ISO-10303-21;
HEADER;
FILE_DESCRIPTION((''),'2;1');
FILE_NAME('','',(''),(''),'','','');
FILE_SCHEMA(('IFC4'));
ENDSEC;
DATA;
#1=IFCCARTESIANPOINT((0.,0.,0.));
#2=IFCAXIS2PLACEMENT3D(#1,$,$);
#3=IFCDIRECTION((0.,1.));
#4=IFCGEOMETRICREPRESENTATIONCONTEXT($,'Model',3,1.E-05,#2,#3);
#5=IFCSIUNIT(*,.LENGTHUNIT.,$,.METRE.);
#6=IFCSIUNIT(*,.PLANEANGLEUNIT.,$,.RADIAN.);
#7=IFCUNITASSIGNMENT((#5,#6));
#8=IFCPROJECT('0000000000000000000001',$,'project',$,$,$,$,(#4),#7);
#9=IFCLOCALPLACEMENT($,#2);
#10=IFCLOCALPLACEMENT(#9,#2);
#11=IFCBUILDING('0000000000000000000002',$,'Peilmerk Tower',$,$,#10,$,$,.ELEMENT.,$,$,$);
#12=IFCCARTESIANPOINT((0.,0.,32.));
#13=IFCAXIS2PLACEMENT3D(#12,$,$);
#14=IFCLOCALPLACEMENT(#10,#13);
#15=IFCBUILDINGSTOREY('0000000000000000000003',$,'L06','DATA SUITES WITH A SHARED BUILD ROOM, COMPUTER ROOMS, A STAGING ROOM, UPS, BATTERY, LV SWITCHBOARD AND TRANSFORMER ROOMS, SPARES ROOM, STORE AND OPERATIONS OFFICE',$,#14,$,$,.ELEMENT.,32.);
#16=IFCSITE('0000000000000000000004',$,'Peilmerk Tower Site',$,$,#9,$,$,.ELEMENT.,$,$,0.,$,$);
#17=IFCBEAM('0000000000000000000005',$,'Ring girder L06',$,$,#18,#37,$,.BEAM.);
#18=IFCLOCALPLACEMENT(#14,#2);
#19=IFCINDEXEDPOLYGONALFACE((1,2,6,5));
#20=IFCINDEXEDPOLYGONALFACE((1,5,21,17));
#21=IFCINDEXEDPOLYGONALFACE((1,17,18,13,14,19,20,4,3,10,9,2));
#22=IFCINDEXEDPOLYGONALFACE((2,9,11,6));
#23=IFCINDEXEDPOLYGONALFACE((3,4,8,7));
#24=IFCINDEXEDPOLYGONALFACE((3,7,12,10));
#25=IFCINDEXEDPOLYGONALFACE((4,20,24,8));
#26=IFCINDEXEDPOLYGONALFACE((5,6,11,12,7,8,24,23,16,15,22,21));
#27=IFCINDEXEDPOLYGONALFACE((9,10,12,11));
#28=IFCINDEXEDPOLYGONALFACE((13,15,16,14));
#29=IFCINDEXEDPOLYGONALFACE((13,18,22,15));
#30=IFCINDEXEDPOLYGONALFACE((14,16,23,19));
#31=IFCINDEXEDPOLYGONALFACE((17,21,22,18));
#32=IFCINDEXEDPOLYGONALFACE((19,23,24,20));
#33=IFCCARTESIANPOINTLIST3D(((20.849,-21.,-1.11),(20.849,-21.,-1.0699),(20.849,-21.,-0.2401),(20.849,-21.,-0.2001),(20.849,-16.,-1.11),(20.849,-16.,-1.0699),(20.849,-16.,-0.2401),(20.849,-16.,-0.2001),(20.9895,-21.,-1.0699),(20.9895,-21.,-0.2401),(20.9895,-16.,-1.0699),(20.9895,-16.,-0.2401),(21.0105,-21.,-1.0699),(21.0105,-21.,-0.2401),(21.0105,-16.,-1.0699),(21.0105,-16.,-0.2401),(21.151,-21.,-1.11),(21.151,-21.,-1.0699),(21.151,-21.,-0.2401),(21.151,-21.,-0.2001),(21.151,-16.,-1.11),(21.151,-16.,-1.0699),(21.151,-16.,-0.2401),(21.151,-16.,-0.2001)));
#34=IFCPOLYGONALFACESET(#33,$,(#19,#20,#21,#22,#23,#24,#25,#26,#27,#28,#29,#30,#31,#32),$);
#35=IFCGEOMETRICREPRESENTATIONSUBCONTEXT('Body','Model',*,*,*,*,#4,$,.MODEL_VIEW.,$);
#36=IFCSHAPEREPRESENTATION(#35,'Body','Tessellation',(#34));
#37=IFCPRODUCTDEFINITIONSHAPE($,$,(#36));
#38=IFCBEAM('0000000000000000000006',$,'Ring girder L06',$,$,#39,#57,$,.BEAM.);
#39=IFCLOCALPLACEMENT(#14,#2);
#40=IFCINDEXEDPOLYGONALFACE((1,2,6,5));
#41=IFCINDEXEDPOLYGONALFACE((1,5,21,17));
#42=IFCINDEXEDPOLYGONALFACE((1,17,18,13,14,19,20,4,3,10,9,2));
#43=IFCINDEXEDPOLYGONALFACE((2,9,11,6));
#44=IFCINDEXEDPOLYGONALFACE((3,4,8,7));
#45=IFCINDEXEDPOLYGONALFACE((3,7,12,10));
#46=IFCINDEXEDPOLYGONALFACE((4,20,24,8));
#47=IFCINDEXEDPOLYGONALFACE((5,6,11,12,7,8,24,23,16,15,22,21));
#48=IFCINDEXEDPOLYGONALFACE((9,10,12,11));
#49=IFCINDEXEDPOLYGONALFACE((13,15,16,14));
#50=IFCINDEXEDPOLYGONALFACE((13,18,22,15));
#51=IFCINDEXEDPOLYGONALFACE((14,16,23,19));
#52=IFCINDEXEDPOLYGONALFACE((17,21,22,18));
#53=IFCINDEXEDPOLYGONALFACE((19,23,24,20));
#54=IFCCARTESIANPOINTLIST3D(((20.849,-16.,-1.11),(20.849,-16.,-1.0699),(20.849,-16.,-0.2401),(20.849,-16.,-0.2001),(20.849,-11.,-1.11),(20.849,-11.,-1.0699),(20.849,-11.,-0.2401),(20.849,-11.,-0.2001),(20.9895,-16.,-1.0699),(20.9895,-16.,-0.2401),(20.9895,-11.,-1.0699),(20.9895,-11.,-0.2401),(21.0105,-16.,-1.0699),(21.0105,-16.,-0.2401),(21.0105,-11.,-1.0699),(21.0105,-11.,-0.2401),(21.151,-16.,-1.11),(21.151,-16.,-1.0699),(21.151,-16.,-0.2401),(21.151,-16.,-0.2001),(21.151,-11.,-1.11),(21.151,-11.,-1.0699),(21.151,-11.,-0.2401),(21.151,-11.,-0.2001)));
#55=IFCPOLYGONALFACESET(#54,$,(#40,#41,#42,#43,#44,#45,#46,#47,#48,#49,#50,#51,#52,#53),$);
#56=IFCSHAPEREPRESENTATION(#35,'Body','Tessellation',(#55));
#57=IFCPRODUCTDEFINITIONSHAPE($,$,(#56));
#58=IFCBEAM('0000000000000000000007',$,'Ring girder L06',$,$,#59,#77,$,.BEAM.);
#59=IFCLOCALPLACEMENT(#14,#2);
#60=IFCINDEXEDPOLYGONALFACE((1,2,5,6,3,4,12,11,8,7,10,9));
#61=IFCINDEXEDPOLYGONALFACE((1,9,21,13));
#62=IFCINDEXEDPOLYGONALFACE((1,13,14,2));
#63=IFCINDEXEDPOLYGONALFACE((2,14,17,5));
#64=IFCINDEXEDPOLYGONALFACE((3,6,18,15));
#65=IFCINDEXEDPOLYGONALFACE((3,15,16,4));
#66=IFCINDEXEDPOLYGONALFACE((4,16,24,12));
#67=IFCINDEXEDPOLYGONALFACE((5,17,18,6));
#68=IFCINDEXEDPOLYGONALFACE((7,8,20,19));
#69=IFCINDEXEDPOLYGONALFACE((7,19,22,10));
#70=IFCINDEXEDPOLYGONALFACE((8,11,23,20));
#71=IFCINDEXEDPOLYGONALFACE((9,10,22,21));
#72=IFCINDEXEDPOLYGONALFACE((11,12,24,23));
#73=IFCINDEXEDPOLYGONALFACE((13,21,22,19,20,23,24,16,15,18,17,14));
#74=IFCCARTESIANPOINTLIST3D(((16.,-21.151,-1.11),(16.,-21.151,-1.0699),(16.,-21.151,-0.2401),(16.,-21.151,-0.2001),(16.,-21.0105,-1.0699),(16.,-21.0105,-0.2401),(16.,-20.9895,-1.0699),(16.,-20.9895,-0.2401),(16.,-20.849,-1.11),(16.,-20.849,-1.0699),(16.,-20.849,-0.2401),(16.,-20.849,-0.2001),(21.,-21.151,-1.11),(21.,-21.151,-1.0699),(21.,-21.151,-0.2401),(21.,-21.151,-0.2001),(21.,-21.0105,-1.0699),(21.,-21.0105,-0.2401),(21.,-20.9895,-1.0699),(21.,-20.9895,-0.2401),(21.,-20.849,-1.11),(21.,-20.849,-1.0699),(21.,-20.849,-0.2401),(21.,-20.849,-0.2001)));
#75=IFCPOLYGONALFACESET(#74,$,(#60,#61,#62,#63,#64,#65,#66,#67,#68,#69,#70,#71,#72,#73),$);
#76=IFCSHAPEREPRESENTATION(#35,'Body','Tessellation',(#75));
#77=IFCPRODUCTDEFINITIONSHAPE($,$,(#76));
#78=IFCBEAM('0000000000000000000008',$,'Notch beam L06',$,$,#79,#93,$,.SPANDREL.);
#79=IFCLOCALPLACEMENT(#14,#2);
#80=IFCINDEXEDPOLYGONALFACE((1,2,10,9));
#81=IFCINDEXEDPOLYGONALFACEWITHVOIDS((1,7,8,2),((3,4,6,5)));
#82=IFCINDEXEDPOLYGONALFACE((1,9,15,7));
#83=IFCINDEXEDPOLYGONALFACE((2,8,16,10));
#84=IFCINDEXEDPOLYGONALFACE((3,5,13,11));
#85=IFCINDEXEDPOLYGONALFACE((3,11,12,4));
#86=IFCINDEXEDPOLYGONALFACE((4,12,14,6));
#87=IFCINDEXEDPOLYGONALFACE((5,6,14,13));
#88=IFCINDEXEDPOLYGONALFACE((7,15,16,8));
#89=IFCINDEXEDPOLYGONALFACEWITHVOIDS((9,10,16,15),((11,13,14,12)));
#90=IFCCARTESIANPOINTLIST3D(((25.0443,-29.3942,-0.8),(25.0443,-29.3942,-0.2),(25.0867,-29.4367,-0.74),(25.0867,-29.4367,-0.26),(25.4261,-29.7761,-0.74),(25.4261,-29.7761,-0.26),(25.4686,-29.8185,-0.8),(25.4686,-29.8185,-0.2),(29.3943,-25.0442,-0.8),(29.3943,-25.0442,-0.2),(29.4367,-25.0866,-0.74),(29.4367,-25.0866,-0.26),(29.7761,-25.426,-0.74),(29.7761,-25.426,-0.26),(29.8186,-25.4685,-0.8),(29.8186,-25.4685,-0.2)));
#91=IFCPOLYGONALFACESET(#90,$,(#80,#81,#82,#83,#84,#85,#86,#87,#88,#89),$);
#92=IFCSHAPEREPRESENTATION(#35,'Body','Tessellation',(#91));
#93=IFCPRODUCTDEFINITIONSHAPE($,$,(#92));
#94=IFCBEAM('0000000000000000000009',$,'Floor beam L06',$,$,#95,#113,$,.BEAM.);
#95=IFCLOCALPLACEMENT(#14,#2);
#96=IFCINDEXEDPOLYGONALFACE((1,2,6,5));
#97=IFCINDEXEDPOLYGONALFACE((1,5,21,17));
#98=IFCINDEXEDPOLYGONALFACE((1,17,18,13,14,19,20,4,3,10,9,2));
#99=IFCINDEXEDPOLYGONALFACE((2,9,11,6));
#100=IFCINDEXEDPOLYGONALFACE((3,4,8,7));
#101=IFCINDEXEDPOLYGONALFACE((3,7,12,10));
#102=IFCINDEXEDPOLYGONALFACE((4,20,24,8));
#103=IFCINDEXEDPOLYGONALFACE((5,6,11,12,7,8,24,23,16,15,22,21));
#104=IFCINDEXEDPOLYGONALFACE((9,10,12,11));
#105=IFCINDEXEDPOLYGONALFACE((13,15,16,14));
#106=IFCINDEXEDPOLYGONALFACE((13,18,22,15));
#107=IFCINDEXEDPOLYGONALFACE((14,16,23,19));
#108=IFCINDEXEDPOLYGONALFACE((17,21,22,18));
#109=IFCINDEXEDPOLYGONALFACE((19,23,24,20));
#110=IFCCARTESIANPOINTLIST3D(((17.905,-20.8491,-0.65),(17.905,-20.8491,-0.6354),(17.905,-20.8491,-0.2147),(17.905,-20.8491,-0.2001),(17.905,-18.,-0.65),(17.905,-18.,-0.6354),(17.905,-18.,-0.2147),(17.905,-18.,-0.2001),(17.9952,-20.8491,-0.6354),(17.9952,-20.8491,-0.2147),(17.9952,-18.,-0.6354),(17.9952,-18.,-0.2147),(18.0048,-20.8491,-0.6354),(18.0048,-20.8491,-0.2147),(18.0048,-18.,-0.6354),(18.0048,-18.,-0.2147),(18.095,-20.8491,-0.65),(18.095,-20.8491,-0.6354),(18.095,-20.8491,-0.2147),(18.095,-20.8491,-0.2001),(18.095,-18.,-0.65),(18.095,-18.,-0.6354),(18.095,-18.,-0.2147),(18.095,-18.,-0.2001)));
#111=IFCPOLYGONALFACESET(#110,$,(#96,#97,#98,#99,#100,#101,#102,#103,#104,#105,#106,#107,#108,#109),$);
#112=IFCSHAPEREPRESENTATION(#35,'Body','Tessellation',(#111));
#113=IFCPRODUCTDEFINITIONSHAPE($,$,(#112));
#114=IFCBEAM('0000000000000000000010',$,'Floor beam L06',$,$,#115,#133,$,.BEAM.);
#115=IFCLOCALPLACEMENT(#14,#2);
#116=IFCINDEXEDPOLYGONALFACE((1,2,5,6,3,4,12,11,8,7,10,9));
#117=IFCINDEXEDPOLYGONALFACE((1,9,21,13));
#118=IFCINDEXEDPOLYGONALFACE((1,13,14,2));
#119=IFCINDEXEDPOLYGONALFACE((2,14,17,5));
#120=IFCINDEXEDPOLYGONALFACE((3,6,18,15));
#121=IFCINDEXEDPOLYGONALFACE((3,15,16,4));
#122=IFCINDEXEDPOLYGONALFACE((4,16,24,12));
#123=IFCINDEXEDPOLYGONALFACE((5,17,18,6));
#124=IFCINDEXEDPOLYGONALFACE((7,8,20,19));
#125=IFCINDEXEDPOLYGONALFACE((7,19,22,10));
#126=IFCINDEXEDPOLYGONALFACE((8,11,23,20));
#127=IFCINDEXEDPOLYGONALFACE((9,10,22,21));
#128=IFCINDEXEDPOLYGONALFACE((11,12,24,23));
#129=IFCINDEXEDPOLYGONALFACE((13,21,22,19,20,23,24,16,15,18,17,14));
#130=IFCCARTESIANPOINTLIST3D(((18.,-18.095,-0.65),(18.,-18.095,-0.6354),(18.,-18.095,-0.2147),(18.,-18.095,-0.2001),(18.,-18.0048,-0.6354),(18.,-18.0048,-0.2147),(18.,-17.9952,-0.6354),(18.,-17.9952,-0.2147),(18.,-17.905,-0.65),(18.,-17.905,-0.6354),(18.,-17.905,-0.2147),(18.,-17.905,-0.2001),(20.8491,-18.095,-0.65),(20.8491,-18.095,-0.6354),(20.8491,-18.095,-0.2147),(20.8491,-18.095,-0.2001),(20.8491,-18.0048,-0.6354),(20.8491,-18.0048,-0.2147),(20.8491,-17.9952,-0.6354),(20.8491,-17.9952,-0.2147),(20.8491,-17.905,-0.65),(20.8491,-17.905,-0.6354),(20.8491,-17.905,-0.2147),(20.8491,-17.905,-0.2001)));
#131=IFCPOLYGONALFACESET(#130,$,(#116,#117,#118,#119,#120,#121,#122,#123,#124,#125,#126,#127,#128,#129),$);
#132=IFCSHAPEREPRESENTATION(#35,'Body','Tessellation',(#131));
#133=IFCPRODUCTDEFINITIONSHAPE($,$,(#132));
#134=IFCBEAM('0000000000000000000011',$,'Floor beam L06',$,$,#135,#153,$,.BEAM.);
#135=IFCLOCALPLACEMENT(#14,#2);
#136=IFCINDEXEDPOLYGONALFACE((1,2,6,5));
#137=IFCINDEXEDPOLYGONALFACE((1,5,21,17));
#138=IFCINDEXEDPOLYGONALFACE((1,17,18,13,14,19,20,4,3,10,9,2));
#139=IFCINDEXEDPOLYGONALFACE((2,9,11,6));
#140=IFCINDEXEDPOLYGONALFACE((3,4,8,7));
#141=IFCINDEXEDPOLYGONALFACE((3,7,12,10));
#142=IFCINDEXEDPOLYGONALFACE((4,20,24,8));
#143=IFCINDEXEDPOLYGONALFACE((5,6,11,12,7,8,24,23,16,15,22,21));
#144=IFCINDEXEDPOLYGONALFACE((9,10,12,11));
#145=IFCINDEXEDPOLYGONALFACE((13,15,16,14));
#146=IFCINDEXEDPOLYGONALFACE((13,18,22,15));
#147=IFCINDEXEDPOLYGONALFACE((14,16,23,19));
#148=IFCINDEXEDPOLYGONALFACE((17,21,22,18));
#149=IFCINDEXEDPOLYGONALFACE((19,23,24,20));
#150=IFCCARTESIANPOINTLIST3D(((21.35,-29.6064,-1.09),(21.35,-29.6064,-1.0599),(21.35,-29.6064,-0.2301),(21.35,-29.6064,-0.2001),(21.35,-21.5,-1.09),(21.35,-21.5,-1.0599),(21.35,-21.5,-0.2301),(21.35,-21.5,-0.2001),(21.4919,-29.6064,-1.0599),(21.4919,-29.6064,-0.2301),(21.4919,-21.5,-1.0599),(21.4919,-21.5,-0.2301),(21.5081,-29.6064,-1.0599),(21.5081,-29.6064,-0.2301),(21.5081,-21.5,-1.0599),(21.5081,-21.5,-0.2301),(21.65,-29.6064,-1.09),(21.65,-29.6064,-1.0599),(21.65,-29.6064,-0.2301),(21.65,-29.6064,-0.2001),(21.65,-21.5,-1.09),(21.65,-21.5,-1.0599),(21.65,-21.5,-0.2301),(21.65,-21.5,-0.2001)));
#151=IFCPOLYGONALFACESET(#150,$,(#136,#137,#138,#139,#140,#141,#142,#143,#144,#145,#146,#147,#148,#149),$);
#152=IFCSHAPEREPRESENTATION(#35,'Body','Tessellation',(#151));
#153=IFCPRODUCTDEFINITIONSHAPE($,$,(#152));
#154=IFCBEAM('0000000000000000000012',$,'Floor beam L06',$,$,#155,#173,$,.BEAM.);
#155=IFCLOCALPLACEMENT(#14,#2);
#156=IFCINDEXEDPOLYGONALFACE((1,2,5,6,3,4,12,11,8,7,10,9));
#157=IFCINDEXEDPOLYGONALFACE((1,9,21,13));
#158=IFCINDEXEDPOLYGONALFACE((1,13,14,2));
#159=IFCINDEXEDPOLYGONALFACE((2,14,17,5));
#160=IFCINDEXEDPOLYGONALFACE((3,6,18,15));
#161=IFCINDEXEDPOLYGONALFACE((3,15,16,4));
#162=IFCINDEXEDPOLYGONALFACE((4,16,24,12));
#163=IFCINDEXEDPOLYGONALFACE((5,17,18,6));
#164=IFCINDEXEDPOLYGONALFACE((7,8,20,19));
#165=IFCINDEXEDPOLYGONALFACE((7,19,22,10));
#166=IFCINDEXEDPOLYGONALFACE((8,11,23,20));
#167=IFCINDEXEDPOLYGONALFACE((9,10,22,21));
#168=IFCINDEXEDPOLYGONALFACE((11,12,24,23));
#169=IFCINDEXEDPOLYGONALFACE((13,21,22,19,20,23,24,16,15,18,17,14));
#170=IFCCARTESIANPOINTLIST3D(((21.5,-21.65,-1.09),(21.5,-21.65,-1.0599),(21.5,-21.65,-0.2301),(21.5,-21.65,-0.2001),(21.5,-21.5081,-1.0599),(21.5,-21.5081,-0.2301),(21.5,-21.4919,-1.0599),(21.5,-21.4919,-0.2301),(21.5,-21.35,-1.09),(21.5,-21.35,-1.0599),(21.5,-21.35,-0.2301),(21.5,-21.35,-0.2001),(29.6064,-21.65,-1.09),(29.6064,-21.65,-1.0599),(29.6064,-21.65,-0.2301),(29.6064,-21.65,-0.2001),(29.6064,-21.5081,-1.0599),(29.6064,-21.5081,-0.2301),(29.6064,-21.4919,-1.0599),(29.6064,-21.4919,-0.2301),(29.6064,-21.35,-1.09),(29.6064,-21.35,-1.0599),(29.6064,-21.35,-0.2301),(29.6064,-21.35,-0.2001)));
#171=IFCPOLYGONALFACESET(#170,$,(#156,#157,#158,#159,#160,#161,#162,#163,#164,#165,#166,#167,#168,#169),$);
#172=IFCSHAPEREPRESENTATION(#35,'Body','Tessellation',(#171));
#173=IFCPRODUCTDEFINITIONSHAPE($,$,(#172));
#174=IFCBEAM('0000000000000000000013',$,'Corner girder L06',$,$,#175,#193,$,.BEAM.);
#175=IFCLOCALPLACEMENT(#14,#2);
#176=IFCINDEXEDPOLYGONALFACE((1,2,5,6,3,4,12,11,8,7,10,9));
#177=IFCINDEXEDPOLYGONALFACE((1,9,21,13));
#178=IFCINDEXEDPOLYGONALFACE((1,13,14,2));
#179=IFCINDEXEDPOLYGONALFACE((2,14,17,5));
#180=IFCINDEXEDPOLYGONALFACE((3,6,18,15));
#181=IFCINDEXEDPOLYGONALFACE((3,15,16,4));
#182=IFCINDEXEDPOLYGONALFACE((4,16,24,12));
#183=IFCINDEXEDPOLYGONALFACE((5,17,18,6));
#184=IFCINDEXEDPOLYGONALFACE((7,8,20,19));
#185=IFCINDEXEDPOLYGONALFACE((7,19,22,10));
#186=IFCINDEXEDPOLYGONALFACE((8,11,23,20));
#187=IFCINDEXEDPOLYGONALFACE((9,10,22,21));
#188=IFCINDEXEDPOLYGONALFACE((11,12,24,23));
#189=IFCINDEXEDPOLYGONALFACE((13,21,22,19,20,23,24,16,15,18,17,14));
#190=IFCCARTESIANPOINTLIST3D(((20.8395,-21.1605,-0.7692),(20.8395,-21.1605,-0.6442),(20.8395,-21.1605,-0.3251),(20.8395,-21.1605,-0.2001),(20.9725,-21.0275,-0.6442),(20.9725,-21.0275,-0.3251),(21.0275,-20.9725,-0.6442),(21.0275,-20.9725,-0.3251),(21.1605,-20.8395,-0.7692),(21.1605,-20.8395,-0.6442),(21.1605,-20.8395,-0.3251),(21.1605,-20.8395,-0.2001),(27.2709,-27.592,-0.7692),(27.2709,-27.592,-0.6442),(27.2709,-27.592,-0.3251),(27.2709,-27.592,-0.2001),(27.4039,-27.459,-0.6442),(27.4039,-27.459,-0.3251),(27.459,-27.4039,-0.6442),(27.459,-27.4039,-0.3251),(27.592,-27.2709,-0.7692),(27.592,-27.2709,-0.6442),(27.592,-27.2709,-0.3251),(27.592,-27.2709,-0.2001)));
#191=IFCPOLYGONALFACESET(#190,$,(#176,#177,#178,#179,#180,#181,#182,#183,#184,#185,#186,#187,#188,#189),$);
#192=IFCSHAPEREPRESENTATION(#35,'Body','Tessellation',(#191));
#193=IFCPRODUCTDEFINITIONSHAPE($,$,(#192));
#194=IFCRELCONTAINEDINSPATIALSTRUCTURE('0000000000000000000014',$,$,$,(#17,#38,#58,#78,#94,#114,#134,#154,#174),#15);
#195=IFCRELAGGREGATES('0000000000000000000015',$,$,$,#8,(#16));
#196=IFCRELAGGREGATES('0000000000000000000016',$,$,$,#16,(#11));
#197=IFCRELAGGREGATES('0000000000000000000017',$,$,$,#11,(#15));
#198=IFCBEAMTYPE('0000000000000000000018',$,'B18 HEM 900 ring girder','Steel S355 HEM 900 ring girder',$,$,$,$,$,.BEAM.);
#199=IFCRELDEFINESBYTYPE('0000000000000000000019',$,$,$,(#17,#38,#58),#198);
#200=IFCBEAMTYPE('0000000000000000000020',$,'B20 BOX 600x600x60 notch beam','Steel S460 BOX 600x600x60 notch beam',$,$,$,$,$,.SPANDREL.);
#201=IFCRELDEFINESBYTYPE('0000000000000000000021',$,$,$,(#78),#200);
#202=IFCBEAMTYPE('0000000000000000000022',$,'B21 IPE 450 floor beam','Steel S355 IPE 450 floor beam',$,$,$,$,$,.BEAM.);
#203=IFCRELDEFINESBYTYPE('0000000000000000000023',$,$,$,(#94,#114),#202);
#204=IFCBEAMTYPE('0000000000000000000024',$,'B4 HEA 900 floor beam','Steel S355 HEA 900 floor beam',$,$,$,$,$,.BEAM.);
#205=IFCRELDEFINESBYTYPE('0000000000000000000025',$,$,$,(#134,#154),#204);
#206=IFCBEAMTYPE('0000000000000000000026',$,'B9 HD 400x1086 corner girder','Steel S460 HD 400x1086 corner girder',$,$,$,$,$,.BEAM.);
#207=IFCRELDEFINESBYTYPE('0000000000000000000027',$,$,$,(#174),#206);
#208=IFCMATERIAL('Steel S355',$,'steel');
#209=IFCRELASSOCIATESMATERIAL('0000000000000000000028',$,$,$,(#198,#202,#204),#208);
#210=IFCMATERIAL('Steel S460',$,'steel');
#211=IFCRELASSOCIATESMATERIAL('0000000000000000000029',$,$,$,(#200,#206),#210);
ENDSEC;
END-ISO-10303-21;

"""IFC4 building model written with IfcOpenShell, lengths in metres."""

from ifc_helpers import new_model, si_unit, direction, frame, origin, origin_2d, place, context, subcontext, project, spatial, hollow_rectangle, i_section, extrude, material, material_profile, profile_set, type_object, element, save


model = new_model("IFC4")

# Units and contexts
model_context = context("Model", 3, precision=1e-05, world=origin(), true_north=direction((0.0, 1.0)))
body_context = subcontext(model_context, "Body", "Model", "MODEL_VIEW")
ifc_project = project(units=[si_unit("LENGTHUNIT", "METRE"), si_unit("PLANEANGLEUNIT", "RADIAN")], contexts=[model_context])

# Site, building, storey
site_placement = place(None, origin())
site = spatial("IfcSite", under=ifc_project, at=site_placement, Name="Peilmerk Tower Site", CompositionType="ELEMENT", RefElevation=0.0)
building_placement = place(site_placement, origin())
building = spatial("IfcBuilding", under=site, at=building_placement, Name="Peilmerk Tower", CompositionType="ELEMENT")
storey_placement = place(building_placement, frame((0.0, 0.0, 32.0)))
storey = spatial("IfcBuildingStorey", under=building, at=storey_placement, Name="L06", Description="DATA SUITES WITH A SHARED BUILD ROOM, COMPUTER ROOMS, A STAGING ROOM, UPS, BATTERY, LV SWITCHBOARD AND TRANSFORMER ROOMS, SPARES ROOM, STORE AND OPERATIONS OFFICE", CompositionType="ELEMENT", Elevation=32.0)

# Beams
ifc_material_1 = material(Name="Steel S355", Category="steel")
ifc_material_2 = material(Name="Steel S460", Category="steel")
ifc_material_profile_1 = material_profile(ifc_material_1, i_section(OverallWidth=0.302, OverallDepth=0.9099, WebThickness=0.021, FlangeThickness=0.04, at=origin_2d()), Name="HEM 900")
ifc_profile_set_1 = profile_set([ifc_material_profile_1], Name="Steel S355")
beam_type_1 = type_object("IfcBeamType", Name="B18 HEM 900 ring girder", Description="Steel S355 HEM 900 ring girder", PredefinedType="BEAM", material=ifc_profile_set_1)
for number, where, z_axis, x_axis, name in (
    (1, (21.0, -21.0, -0.655), (0.0, 1.0, 0.0), (-1.0, 0.0, 0.0), "Ring girder L06"),
    (2, (21.0, -16.0, -0.655), (0.0, 1.0, 0.0), (-1.0, 0.0, 0.0), "Ring girder L06"),
    (3, (16.0, -21.0, -0.655), (1.0, 0.0, 0.0), (0.0, 1.0, 0.0), "Ring girder L06"),
):
    element("IfcBeam", number, at=place(storey_placement, frame(where, z_axis=z_axis, x_axis=x_axis)), inside=storey, type_object=beam_type_1, Name=name, PredefinedType="BEAM", context=body_context, shape_type="SweptSolid", body=[
        extrude(i_section(OverallWidth=0.302, OverallDepth=0.9099, WebThickness=0.021, FlangeThickness=0.04, at=origin_2d()), origin(), (0.0, 0.0, 1.0), 5.0),
    ])
ifc_material_profile_2 = material_profile(ifc_material_2, hollow_rectangle(XDim=0.6001, YDim=0.6001, WallThickness=0.0601, at=origin_2d()), Name="BOX 600x600x60")
ifc_profile_set_2 = profile_set([ifc_material_profile_2], Name="Steel S460")
beam_type_2 = type_object("IfcBeamType", Name="B20 BOX 600x600x60 notch beam", Description="Steel S460 BOX 600x600x60 notch beam", PredefinedType="SPANDREL", material=ifc_profile_set_2)
beam_1_placement = place(storey_placement, frame((29.6064, -25.2563, -0.5), z_axis=(-0.707107, -0.707107, 0.0), x_axis=(0.707107, -0.707107, 0.0)))
element("IfcBeam", 4, at=beam_1_placement, inside=storey, type_object=beam_type_2, Name="Notch beam L06", PredefinedType="SPANDREL", context=body_context, shape_type="SweptSolid", body=[
    extrude(hollow_rectangle(XDim=0.6001, YDim=0.6001, WallThickness=0.0601, at=origin_2d()), origin(), (0.0, 0.0, 1.0), 6.1519),
])
ifc_material_profile_3 = material_profile(ifc_material_1, i_section(OverallWidth=0.1899, OverallDepth=0.45, WebThickness=0.0095, FlangeThickness=0.0146, at=origin_2d()), Name="IPE 450")
ifc_profile_set_3 = profile_set([ifc_material_profile_3], Name="Steel S355")
beam_type_3 = type_object("IfcBeamType", Name="B21 IPE 450 floor beam", Description="Steel S355 IPE 450 floor beam", PredefinedType="BEAM", material=ifc_profile_set_3)
for number, where, z_axis, x_axis, name in (
    (5, (18.0, -18.0, -0.425), (0.0, -1.0, 0.0), (1.0, 0.0, 0.0), "Floor beam L06"),
    (6, (18.0, -18.0, -0.425), (1.0, 0.0, 0.0), (0.0, 1.0, 0.0), "Floor beam L06"),
):
    element("IfcBeam", number, at=place(storey_placement, frame(where, z_axis=z_axis, x_axis=x_axis)), inside=storey, type_object=beam_type_3, Name=name, PredefinedType="BEAM", context=body_context, shape_type="SweptSolid", body=[
        extrude(i_section(OverallWidth=0.1899, OverallDepth=0.45, WebThickness=0.0095, FlangeThickness=0.0146, at=origin_2d()), origin(), (0.0, 0.0, 1.0), 2.8491),
    ])
ifc_material_profile_4 = material_profile(ifc_material_1, i_section(OverallWidth=0.3, OverallDepth=0.8899, WebThickness=0.0161, FlangeThickness=0.03, at=origin_2d()), Name="HEA 900")
ifc_profile_set_4 = profile_set([ifc_material_profile_4], Name="Steel S355")
beam_type_4 = type_object("IfcBeamType", Name="B4 HEA 900 floor beam", Description="Steel S355 HEA 900 floor beam", PredefinedType="BEAM", material=ifc_profile_set_4)
for number, where, z_axis, x_axis, name in (
    (7, (21.5, -21.5, -0.645), (0.0, -1.0, 0.0), (1.0, 0.0, 0.0), "Floor beam L06"),
    (8, (21.5, -21.5, -0.645), (1.0, 0.0, 0.0), (0.0, 1.0, 0.0), "Floor beam L06"),
):
    element("IfcBeam", number, at=place(storey_placement, frame(where, z_axis=z_axis, x_axis=x_axis)), inside=storey, type_object=beam_type_4, Name=name, PredefinedType="BEAM", context=body_context, shape_type="SweptSolid", body=[
        extrude(i_section(OverallWidth=0.3, OverallDepth=0.8899, WebThickness=0.0161, FlangeThickness=0.03, at=origin_2d()), origin(), (0.0, 0.0, 1.0), 8.1064),
    ])
ifc_material_profile_5 = material_profile(ifc_material_2, i_section(OverallWidth=0.4541, OverallDepth=0.5691, WebThickness=0.0779, FlangeThickness=0.125, at=origin_2d()), Name="HD 400x1086")
ifc_profile_set_5 = profile_set([ifc_material_profile_5], Name="Steel S460")
beam_type_5 = type_object("IfcBeamType", Name="B9 HD 400x1086 corner girder", Description="Steel S460 HD 400x1086 corner girder", PredefinedType="BEAM", material=ifc_profile_set_5)
beam_2_placement = place(storey_placement, frame((21.0, -21.0, -0.4846), z_axis=(0.707107, -0.707107, 0.0), x_axis=(0.707107, 0.707107, 0.0)))
element("IfcBeam", 9, at=beam_2_placement, inside=storey, type_object=beam_type_5, Name="Corner girder L06", PredefinedType="BEAM", context=body_context, shape_type="SweptSolid", body=[
    extrude(i_section(OverallWidth=0.4541, OverallDepth=0.5691, WebThickness=0.0779, FlangeThickness=0.125, at=origin_2d()), origin(), (0.0, 0.0, 1.0), 9.0955),
])

save(model, "model.ifc")
